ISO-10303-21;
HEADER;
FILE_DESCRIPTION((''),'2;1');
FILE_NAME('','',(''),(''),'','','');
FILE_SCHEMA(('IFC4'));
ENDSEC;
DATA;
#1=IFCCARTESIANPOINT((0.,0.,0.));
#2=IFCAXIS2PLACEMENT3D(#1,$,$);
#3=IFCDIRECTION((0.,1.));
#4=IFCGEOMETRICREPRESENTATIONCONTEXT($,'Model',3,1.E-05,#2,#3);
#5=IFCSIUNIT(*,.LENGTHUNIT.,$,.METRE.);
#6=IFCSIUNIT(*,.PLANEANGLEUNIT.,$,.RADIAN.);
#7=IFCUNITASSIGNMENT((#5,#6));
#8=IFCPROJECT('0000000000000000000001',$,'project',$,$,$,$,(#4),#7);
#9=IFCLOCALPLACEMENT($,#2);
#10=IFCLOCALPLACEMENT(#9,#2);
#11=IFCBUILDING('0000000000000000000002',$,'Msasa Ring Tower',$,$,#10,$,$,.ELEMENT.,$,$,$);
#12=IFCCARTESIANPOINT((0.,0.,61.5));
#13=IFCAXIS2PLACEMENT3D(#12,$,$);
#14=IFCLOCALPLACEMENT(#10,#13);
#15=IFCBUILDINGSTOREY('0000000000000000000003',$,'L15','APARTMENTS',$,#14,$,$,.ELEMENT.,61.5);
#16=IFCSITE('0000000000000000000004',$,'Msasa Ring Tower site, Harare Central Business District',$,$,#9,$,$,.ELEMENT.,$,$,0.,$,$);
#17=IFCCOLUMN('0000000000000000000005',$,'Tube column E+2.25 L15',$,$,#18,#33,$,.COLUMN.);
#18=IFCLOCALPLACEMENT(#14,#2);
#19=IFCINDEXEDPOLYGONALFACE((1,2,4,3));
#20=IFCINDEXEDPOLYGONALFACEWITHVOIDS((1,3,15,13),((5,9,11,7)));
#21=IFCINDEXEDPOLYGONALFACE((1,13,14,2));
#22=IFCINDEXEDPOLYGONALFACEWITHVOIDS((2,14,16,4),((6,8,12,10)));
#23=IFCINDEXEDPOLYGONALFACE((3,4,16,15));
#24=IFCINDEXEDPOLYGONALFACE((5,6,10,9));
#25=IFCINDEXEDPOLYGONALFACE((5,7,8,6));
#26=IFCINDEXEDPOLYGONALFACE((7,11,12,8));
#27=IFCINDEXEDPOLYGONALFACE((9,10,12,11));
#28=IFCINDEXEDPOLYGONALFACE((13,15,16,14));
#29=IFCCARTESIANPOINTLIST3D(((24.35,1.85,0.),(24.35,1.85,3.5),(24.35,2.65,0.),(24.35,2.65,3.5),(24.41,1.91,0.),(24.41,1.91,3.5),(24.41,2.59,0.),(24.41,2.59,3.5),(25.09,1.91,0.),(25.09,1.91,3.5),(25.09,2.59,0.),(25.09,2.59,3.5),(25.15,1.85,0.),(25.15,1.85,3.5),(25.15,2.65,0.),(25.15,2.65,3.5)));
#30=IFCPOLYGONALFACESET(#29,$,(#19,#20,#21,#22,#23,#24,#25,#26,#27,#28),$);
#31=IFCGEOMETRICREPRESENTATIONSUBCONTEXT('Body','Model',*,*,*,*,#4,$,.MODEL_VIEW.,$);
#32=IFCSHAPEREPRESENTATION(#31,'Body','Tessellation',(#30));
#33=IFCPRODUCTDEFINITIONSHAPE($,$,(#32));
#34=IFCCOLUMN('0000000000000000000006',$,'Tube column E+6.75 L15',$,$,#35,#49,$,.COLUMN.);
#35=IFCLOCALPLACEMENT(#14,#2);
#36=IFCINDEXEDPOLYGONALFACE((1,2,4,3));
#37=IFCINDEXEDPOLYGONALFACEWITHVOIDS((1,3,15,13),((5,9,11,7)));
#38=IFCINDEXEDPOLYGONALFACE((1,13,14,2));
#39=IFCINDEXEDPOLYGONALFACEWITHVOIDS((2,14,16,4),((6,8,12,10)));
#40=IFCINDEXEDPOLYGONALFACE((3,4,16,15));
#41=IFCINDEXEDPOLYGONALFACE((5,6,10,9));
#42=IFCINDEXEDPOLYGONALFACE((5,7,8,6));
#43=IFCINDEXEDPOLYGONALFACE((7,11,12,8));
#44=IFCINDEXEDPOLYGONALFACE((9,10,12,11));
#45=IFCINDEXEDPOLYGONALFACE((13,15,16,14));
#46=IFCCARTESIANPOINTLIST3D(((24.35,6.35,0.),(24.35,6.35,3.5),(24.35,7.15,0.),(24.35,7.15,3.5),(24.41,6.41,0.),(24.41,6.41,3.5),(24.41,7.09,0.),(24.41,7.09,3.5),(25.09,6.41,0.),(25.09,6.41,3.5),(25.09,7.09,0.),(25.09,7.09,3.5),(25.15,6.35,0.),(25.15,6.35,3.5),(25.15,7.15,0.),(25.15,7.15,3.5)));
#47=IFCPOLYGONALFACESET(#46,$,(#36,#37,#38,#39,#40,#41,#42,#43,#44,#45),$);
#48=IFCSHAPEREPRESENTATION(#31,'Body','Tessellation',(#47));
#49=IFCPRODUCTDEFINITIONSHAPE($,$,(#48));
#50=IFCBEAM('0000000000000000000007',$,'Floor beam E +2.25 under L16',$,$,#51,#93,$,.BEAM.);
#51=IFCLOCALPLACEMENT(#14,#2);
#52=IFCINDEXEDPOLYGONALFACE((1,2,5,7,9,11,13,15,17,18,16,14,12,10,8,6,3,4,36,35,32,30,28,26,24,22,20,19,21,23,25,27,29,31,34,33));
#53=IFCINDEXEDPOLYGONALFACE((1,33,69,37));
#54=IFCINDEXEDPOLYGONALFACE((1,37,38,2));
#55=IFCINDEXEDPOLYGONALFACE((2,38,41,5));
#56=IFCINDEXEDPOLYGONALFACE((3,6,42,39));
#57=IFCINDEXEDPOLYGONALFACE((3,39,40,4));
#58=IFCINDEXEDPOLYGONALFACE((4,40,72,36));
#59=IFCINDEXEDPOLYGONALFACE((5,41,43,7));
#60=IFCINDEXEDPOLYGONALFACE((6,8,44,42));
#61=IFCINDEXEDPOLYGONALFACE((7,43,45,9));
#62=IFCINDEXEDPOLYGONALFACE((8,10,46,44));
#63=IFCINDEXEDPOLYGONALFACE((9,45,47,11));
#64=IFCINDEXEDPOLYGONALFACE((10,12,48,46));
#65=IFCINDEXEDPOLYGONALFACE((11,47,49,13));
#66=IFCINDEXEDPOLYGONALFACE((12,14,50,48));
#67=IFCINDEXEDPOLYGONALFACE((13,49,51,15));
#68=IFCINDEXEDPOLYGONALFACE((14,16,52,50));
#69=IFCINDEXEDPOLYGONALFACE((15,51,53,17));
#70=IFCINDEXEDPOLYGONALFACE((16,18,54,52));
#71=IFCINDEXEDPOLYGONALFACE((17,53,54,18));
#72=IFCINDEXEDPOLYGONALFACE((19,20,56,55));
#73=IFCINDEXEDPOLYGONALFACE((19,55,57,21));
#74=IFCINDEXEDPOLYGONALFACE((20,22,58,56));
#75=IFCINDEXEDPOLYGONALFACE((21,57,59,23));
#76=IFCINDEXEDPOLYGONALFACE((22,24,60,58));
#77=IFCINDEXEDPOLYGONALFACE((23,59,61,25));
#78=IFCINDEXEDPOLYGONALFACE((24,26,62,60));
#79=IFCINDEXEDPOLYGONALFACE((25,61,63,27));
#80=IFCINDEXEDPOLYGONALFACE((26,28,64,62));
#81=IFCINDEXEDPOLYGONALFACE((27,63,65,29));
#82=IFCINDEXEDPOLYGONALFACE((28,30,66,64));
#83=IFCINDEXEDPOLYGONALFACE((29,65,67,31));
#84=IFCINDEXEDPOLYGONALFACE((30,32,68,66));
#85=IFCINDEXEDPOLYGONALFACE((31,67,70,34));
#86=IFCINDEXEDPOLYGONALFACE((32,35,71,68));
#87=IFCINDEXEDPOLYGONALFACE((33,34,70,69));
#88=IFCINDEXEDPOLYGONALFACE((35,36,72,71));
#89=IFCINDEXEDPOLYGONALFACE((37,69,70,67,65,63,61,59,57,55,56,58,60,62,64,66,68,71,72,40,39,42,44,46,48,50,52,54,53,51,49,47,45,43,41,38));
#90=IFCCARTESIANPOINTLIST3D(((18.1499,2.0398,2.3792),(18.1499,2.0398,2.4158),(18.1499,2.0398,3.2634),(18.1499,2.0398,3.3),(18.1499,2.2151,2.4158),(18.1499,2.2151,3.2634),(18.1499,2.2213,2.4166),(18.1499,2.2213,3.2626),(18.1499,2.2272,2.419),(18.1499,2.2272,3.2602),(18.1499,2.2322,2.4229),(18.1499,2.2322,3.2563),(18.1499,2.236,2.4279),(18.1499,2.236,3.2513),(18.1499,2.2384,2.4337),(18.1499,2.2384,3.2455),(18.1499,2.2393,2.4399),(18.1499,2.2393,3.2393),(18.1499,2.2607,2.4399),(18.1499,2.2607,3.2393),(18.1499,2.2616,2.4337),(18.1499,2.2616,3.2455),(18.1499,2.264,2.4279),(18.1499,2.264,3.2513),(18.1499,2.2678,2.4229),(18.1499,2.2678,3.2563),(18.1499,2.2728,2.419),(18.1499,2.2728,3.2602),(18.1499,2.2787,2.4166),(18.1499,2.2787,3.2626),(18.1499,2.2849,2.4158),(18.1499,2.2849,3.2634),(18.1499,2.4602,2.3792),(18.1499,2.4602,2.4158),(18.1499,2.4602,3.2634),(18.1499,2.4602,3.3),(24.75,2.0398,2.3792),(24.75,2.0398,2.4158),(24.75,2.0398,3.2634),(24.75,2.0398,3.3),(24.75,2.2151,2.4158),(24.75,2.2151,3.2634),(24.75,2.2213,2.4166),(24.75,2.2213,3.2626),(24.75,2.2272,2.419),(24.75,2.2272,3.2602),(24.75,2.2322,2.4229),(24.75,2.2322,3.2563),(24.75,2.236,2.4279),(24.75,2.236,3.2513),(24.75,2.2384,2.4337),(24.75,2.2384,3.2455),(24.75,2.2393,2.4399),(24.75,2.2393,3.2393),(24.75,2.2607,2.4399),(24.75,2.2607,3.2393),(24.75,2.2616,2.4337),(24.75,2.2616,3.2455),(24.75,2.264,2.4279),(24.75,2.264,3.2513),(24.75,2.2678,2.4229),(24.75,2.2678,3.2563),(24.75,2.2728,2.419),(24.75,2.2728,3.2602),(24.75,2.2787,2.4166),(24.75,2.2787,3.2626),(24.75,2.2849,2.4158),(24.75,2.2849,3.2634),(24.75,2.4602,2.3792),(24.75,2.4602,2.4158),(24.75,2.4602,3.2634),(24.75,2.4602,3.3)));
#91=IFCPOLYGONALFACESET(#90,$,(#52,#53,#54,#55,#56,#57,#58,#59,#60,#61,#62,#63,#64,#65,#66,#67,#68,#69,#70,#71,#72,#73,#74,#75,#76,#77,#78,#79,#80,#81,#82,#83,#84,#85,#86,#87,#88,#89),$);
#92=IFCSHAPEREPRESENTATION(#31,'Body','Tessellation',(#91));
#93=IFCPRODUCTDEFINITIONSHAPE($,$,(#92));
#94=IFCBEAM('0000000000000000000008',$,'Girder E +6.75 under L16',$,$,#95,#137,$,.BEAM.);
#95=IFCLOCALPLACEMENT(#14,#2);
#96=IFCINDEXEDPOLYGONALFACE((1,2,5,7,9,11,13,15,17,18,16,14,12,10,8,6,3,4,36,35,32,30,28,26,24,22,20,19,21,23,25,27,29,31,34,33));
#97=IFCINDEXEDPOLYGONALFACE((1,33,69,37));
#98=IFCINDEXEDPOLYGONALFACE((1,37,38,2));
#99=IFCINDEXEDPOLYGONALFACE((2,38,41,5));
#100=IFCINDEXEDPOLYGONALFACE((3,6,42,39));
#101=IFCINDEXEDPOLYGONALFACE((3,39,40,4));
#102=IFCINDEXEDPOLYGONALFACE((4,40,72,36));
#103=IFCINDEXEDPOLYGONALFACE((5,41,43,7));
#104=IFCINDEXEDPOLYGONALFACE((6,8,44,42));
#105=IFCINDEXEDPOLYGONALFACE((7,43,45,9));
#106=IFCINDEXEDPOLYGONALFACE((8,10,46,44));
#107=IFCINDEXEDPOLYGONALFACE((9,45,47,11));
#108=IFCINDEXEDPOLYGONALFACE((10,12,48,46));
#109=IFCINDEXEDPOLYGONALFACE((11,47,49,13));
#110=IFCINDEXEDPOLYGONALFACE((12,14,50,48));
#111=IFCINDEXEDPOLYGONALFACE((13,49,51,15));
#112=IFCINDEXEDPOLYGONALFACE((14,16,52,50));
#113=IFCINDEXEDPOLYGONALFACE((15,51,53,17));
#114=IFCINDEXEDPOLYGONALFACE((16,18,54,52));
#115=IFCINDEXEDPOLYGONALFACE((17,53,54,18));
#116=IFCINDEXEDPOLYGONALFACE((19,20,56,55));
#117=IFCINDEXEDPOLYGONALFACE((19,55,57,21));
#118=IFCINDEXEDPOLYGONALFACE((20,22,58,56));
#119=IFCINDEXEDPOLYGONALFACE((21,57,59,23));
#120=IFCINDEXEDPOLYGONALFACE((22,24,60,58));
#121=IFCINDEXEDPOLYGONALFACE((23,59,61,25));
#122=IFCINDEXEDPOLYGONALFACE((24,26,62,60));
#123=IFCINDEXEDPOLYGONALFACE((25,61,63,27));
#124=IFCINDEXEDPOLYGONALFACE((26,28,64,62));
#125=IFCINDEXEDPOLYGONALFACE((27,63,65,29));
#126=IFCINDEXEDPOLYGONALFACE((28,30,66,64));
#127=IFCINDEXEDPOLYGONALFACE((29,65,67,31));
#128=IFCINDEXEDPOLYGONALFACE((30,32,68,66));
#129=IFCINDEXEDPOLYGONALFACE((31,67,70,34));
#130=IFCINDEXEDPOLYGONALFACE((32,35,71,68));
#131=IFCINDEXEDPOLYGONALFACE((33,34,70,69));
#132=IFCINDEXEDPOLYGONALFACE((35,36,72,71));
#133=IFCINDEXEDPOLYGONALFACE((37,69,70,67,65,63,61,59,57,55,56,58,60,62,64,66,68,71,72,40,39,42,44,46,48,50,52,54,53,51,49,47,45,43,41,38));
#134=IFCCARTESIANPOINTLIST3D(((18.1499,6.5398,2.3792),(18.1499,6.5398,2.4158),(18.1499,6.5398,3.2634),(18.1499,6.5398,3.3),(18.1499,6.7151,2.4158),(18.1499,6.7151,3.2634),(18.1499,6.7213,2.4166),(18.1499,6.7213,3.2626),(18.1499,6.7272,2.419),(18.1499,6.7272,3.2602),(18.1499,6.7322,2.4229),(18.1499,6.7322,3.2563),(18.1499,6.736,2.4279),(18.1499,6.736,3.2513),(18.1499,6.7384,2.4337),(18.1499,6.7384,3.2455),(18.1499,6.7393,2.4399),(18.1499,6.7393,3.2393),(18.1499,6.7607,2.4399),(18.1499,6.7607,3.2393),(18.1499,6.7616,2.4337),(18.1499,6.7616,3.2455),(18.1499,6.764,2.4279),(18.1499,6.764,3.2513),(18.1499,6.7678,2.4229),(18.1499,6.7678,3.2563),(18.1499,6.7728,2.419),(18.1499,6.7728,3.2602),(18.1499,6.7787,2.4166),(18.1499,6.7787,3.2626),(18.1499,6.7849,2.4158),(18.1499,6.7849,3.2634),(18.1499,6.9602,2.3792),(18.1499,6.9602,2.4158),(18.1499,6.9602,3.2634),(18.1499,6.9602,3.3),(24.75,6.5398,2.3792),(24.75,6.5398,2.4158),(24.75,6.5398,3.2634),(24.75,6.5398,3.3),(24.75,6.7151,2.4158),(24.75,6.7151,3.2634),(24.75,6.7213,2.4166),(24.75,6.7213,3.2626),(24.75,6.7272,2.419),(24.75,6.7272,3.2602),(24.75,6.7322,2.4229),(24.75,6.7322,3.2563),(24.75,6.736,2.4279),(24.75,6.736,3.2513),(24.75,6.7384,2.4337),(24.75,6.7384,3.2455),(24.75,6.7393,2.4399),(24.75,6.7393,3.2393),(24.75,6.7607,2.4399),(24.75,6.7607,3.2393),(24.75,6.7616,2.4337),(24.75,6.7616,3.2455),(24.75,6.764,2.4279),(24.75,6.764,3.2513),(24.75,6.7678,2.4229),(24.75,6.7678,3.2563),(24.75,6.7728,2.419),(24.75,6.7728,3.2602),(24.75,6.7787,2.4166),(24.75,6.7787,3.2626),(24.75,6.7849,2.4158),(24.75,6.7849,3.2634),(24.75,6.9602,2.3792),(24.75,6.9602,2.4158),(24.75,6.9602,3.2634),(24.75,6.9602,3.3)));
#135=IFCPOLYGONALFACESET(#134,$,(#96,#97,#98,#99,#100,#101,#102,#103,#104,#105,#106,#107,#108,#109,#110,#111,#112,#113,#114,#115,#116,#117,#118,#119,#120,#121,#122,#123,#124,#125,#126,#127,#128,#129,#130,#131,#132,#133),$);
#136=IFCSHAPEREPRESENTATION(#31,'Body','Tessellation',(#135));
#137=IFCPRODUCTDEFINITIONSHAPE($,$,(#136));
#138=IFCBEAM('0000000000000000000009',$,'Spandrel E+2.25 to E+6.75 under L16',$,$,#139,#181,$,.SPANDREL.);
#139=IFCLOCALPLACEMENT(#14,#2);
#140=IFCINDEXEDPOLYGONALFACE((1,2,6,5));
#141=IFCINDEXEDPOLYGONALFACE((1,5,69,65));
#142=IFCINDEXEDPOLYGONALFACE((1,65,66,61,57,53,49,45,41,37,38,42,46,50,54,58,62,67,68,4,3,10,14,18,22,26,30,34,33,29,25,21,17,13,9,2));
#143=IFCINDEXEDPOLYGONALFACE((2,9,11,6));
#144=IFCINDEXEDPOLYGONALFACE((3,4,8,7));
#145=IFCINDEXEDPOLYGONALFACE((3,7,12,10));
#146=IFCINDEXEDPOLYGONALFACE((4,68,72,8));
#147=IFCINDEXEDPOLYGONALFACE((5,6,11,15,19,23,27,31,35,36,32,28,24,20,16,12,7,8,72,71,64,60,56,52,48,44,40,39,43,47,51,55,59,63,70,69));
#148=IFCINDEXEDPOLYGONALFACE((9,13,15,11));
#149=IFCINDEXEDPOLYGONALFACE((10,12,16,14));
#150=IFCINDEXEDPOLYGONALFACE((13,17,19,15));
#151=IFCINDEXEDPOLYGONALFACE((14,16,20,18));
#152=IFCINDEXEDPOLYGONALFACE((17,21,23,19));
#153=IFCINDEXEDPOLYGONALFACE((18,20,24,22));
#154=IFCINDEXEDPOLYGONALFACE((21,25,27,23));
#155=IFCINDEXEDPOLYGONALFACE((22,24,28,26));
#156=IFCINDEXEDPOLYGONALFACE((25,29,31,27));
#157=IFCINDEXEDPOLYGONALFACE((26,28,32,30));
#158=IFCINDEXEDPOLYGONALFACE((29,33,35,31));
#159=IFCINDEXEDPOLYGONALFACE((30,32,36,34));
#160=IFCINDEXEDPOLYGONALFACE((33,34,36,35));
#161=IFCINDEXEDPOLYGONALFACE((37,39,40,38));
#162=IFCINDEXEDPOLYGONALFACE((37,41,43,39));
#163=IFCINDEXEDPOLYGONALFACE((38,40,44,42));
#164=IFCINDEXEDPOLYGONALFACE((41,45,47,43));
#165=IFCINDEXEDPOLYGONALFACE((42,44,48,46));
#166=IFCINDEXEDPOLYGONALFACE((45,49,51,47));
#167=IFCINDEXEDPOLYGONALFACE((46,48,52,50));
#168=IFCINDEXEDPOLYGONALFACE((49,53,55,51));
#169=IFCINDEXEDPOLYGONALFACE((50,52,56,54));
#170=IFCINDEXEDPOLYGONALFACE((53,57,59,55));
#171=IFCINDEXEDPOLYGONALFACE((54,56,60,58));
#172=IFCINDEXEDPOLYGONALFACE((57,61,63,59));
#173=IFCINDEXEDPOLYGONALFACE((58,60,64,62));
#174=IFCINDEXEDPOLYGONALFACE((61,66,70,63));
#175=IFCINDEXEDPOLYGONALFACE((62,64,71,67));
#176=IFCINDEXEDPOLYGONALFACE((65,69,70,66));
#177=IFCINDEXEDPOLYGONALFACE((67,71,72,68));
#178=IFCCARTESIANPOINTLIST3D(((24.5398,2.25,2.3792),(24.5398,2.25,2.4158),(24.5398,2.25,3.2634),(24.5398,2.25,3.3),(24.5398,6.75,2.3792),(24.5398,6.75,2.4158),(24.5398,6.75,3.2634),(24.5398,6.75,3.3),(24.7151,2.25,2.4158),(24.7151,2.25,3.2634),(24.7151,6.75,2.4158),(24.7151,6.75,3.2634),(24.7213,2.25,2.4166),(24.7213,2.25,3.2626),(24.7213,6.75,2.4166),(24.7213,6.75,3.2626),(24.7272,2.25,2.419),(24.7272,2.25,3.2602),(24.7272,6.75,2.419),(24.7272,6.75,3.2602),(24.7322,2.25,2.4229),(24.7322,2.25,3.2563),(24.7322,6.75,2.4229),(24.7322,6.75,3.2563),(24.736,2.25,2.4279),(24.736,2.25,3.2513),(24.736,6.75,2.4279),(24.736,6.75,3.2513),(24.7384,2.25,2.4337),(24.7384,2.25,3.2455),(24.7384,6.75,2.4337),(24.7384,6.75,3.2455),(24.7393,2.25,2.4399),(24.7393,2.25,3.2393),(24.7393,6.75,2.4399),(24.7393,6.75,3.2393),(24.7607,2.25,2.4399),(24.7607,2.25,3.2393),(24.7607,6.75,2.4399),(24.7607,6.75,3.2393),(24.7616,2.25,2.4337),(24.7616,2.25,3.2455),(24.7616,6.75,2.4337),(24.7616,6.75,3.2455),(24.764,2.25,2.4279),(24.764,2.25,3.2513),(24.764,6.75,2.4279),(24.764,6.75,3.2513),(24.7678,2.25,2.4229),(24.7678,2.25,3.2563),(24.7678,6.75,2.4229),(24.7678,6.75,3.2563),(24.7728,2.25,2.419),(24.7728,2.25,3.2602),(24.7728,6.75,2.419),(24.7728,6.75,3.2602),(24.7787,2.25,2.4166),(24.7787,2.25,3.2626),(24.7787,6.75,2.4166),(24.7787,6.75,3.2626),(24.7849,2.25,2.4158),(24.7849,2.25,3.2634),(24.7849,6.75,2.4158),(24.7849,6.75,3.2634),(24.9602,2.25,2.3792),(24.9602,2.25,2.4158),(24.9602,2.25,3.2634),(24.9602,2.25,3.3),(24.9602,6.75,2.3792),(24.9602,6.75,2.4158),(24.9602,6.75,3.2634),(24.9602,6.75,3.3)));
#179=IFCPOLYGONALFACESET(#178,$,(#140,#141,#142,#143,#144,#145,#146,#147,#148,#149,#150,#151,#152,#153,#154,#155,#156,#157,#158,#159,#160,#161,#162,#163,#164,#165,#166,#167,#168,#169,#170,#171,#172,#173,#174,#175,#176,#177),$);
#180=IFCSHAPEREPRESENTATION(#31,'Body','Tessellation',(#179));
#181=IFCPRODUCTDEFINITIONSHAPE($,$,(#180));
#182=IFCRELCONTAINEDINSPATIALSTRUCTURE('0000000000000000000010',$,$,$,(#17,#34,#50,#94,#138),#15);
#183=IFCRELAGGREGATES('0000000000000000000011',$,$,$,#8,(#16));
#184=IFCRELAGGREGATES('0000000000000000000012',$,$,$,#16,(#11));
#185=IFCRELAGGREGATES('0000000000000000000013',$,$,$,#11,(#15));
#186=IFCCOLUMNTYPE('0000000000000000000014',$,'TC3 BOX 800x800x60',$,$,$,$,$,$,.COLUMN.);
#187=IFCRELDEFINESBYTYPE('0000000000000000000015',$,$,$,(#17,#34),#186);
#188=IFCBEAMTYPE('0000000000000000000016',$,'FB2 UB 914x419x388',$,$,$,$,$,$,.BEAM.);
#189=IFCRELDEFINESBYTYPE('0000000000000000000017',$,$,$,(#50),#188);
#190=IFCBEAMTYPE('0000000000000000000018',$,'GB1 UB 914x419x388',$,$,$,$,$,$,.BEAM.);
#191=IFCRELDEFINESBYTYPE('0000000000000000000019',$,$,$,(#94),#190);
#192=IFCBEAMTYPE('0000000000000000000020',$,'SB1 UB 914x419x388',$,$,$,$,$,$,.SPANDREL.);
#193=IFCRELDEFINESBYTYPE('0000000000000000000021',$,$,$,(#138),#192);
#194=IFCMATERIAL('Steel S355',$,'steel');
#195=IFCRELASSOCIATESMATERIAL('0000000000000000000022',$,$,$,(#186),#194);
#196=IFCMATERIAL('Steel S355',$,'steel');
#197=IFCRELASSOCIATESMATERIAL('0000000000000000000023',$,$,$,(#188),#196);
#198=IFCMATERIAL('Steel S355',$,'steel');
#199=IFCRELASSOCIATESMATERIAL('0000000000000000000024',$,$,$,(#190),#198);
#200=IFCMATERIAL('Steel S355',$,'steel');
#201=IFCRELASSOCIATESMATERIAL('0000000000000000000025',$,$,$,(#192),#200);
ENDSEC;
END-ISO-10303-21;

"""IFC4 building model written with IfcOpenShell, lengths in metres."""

from ifc_helpers import new_model, si_unit, direction, frame, origin, origin_2d, place, context, subcontext, project, spatial, hollow_rectangle, i_section, extrude, material, material_profile, profile_set, type_object, element, save


model = new_model("IFC4")

# Units and contexts
model_context = context("Model", 3, precision=1e-05, world=origin(), true_north=direction((0.0, 1.0)))
body_context = subcontext(model_context, "Body", "Model", "MODEL_VIEW")
ifc_project = project(units=[si_unit("LENGTHUNIT", "METRE"), si_unit("PLANEANGLEUNIT", "RADIAN")], contexts=[model_context])

# Site, building, storey
site_placement = place(None, origin())
site = spatial("IfcSite", under=ifc_project, at=site_placement, Name="Msasa Ring Tower site, Harare Central Business District", CompositionType="ELEMENT", RefElevation=0.0)
building_placement = place(site_placement, origin())
building = spatial("IfcBuilding", under=site, at=building_placement, Name="Msasa Ring Tower", CompositionType="ELEMENT")
storey_placement = place(building_placement, frame((0.0, 0.0, 61.5)))
storey = spatial("IfcBuildingStorey", under=building, at=storey_placement, Name="L15", Description="APARTMENTS", CompositionType="ELEMENT", Elevation=61.5)

# Columns
ifc_material_1 = material(Name="Steel S355", Category="steel")
ifc_material_profile_1 = material_profile(ifc_material_1, hollow_rectangle(XDim=0.8, YDim=0.8, WallThickness=0.0601, at=origin_2d()), Name="BOX 800x800x60")
ifc_profile_set_1 = profile_set([ifc_material_profile_1], Name="Steel S355")
column_type = type_object("IfcColumnType", Name="TC3 BOX 800x800x60", PredefinedType="COLUMN", material=ifc_profile_set_1)
for number, where, z_axis, x_axis, name in (
    (1, (24.75, 2.25, 0.0), (0.0, 0.0, 1.0), (1.0, 0.0, 0.0), "Tube column E+2.25 L15"),
    (2, (24.75, 6.75, 0.0), (0.0, 0.0, 1.0), (1.0, 0.0, 0.0), "Tube column E+6.75 L15"),
):
    element("IfcColumn", number, at=place(storey_placement, frame(where, z_axis=z_axis, x_axis=x_axis)), inside=storey, type_object=column_type, Name=name, PredefinedType="COLUMN", context=body_context, shape_type="SweptSolid", body=[
        extrude(hollow_rectangle(XDim=0.8, YDim=0.8, WallThickness=0.0601, at=origin_2d()), origin(), (0.0, 0.0, 1.0), 3.5),
    ])

# Beams
ifc_material_2 = material(Name="Steel S355", Category="steel")
ifc_material_profile_2 = material_profile(ifc_material_2, i_section(OverallWidth=0.4204, OverallDepth=0.9209, WebThickness=0.0215, FlangeThickness=0.0366, FilletRadius=0.0242, at=origin_2d()), Name="UB 914x419x388")
ifc_profile_set_2 = profile_set([ifc_material_profile_2], Name="Steel S355")
beam_type_1 = type_object("IfcBeamType", Name="FB2 UB 914x419x388", PredefinedType="BEAM", material=ifc_profile_set_2)
beam_1_placement = place(storey_placement, frame((24.75, 2.25, 2.8396), z_axis=(-1.0, 0.0, 0.0), x_axis=(0.0, -1.0, 0.0)))
element("IfcBeam", 3, at=beam_1_placement, inside=storey, type_object=beam_type_1, Name="Floor beam E +2.25 under L16", PredefinedType="BEAM", context=body_context, shape_type="SweptSolid", body=[
    extrude(i_section(OverallWidth=0.4204, OverallDepth=0.9209, WebThickness=0.0215, FlangeThickness=0.0366, FilletRadius=0.0242, at=origin_2d()), origin(), (0.0, 0.0, 1.0), 6.6001),
])
ifc_material_3 = material(Name="Steel S355", Category="steel")
ifc_material_profile_3 = material_profile(ifc_material_3, i_section(OverallWidth=0.4204, OverallDepth=0.9209, WebThickness=0.0215, FlangeThickness=0.0366, FilletRadius=0.0242, at=origin_2d()), Name="UB 914x419x388")
ifc_profile_set_3 = profile_set([ifc_material_profile_3], Name="Steel S355")
beam_type_2 = type_object("IfcBeamType", Name="GB1 UB 914x419x388", PredefinedType="BEAM", material=ifc_profile_set_3)
beam_2_placement = place(storey_placement, frame((18.1499, 6.75, 2.8396), z_axis=(1.0, 0.0, 0.0), x_axis=(0.0, 1.0, 0.0)))
element("IfcBeam", 4, at=beam_2_placement, inside=storey, type_object=beam_type_2, Name="Girder E +6.75 under L16", PredefinedType="BEAM", context=body_context, shape_type="SweptSolid", body=[
    extrude(i_section(OverallWidth=0.4204, OverallDepth=0.9209, WebThickness=0.0215, FlangeThickness=0.0366, FilletRadius=0.0242, at=origin_2d()), origin(), (0.0, 0.0, 1.0), 6.6001),
])
ifc_material_4 = material(Name="Steel S355", Category="steel")
ifc_material_profile_4 = material_profile(ifc_material_4, i_section(OverallWidth=0.4204, OverallDepth=0.9209, WebThickness=0.0215, FlangeThickness=0.0366, FilletRadius=0.0242, at=origin_2d()), Name="UB 914x419x388")
ifc_profile_set_4 = profile_set([ifc_material_profile_4], Name="Steel S355")
beam_type_3 = type_object("IfcBeamType", Name="SB1 UB 914x419x388", PredefinedType="SPANDREL", material=ifc_profile_set_4)
for number, where, z_axis, x_axis, name in (
    (5, (24.75, 2.25, 2.8396), (0.0, 1.0, 0.0), (-1.0, 0.0, 0.0), "Spandrel E+2.25 to E+6.75 under L16"),
):
    element("IfcBeam", number, at=place(storey_placement, frame(where, z_axis=z_axis, x_axis=x_axis)), inside=storey, type_object=beam_type_3, Name=name, PredefinedType="SPANDREL", context=body_context, shape_type="SweptSolid", body=[
        extrude(i_section(OverallWidth=0.4204, OverallDepth=0.9209, WebThickness=0.0215, FlangeThickness=0.0366, FilletRadius=0.0242, at=origin_2d()), origin(), (0.0, 0.0, 1.0), 4.5),
    ])

save(model, "model.ifc")
